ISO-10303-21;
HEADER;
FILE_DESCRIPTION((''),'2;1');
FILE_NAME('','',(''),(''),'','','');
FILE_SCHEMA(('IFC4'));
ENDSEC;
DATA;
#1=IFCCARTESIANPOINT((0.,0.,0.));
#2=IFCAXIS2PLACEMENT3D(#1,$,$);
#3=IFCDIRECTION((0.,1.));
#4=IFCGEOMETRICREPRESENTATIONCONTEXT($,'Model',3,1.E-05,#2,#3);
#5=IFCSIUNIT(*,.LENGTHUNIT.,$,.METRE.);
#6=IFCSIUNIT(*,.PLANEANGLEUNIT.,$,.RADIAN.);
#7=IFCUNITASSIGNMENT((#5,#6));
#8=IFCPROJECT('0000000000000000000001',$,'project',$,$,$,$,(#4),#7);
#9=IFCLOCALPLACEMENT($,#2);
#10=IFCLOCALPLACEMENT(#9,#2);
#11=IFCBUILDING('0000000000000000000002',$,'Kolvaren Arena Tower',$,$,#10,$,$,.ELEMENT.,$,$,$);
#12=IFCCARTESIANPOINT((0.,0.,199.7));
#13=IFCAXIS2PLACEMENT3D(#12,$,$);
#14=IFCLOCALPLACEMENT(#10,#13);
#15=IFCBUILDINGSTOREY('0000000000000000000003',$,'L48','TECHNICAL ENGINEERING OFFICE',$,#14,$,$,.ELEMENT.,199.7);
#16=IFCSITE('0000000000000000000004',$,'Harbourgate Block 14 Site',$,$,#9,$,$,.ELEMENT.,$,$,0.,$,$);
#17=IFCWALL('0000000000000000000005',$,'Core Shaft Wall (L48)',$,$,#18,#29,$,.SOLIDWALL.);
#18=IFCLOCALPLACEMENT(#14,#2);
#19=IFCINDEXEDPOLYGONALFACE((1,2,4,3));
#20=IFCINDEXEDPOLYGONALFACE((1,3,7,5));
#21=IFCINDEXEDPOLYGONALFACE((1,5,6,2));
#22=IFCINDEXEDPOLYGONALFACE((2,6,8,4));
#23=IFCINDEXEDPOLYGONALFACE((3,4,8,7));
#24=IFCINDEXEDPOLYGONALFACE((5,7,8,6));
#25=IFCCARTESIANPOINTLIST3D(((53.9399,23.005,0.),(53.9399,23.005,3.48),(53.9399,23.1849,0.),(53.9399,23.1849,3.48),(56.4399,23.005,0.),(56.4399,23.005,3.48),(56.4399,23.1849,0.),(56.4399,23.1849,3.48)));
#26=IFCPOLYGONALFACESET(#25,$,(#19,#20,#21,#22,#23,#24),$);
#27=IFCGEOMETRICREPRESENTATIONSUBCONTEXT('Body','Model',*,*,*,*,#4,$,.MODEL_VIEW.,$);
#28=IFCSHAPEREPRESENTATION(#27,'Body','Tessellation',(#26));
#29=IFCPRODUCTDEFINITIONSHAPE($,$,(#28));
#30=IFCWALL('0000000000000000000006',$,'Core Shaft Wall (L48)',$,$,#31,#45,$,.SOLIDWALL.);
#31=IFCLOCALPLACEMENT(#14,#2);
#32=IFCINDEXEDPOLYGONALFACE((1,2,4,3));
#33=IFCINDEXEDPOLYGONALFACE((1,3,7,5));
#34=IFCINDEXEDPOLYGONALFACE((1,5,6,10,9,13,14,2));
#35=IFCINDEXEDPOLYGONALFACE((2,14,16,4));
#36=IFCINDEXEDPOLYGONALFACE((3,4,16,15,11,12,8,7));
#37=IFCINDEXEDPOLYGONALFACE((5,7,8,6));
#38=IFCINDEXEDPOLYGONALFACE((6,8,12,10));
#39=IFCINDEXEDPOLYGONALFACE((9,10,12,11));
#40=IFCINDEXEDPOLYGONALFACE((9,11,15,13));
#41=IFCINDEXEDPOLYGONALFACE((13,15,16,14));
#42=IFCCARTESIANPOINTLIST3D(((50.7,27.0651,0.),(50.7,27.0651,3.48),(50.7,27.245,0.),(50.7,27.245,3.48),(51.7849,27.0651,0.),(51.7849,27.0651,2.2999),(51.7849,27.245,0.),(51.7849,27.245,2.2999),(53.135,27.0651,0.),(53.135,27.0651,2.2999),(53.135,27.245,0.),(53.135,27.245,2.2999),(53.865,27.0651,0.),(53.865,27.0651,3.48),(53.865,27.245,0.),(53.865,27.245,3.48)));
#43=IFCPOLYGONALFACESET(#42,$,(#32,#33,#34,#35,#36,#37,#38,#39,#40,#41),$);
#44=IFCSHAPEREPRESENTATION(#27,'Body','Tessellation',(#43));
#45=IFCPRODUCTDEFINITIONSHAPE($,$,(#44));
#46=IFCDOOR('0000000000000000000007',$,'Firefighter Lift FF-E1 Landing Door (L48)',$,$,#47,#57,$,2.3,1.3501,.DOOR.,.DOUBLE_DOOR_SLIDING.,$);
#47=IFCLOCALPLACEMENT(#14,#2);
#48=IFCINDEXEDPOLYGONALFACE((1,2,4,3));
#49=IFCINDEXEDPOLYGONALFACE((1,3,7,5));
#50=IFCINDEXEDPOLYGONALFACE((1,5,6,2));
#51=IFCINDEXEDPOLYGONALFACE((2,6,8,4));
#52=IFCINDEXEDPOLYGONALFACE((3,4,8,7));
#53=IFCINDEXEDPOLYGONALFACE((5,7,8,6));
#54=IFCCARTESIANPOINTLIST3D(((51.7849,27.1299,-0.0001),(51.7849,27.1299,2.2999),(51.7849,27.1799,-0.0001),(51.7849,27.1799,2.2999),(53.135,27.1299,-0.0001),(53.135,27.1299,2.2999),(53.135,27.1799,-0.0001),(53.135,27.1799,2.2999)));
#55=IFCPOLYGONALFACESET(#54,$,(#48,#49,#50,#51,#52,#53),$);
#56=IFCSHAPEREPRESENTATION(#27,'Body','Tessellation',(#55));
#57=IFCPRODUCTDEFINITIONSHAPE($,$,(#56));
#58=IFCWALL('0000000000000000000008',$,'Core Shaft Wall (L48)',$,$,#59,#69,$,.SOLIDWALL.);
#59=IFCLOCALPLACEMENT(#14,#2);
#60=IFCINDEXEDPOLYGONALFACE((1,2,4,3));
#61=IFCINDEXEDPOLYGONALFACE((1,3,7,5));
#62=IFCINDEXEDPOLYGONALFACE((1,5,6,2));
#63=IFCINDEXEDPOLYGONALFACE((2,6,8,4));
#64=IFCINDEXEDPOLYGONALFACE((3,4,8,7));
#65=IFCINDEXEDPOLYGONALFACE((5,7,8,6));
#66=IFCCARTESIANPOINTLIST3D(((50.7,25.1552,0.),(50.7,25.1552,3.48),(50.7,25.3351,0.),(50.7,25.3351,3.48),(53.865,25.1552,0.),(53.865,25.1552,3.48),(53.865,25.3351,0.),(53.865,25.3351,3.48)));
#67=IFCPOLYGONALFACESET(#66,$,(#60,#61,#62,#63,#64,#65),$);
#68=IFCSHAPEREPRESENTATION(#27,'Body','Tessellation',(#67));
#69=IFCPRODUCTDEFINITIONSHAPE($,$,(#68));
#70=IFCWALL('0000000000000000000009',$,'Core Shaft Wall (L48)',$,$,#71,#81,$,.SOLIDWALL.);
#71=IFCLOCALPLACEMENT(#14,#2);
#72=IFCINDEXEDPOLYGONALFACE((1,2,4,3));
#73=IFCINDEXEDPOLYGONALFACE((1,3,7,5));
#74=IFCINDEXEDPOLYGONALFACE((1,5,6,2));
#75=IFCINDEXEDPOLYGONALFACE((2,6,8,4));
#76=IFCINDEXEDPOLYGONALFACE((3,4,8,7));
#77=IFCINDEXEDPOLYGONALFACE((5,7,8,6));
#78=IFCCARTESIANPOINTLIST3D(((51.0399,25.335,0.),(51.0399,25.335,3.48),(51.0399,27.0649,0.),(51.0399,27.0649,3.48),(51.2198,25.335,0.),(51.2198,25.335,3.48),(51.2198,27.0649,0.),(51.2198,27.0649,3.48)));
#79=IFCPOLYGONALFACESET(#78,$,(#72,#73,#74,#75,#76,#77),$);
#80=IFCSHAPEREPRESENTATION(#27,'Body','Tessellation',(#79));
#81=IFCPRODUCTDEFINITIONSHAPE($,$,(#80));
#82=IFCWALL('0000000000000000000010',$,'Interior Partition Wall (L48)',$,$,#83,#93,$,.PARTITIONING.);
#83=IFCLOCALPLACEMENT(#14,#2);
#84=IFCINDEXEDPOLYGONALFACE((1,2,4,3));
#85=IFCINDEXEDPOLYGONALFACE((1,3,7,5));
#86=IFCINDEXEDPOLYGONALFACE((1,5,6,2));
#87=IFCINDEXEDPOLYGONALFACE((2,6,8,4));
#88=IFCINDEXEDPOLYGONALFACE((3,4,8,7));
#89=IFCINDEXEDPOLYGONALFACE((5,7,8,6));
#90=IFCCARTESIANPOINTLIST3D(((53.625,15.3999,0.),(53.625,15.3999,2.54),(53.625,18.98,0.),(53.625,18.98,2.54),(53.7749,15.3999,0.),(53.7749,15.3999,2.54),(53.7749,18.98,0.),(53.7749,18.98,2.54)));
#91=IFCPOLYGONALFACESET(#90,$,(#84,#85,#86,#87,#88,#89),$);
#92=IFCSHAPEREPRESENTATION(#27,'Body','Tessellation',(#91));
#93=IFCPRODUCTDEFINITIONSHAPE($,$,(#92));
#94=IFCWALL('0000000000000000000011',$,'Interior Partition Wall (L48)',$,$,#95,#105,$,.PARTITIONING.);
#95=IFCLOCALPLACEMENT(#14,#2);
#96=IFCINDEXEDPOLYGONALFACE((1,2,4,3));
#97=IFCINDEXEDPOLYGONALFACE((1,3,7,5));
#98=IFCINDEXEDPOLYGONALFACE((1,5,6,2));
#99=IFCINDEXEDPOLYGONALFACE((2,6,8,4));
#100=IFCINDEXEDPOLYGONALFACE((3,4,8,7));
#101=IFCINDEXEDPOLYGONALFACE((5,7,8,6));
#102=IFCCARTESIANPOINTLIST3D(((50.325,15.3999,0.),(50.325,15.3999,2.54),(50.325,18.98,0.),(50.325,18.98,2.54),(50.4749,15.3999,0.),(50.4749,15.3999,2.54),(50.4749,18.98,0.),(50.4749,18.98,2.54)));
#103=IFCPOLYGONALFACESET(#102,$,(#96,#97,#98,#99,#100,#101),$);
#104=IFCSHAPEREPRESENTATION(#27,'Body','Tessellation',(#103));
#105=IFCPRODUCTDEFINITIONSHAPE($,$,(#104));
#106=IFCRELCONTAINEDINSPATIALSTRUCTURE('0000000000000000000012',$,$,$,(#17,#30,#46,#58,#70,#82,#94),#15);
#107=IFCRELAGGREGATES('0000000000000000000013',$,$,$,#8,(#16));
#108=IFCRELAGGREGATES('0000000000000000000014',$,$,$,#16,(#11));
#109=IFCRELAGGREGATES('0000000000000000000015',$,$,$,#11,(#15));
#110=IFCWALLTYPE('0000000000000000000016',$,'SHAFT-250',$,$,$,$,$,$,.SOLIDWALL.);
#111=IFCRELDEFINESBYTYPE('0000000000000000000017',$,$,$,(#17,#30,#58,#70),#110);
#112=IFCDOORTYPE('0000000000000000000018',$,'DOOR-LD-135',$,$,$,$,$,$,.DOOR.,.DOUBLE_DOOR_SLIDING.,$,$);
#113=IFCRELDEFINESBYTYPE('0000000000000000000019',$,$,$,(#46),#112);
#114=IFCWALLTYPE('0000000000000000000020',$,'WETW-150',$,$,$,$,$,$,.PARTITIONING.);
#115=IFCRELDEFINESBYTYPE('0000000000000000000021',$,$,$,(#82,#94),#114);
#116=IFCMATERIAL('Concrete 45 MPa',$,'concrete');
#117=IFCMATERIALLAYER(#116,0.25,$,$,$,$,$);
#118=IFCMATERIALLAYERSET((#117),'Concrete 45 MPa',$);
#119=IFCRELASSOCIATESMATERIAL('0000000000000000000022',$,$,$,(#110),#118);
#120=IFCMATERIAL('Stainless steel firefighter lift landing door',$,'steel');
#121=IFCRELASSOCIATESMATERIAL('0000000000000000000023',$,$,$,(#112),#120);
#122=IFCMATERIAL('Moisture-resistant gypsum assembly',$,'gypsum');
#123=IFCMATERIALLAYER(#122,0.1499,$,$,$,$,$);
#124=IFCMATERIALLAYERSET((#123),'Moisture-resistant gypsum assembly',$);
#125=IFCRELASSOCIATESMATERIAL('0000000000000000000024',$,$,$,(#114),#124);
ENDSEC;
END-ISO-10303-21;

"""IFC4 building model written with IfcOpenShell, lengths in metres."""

from ifc_helpers import new_model, si_unit, direction, frame, frame_2d, origin, place, context, subcontext, project, spatial, rectangle, extrude, material, layer, layer_set, type_object, element, fill, save


model = new_model("IFC4")

# Units and contexts
model_context = context("Model", 3, precision=1e-05, world=origin(), true_north=direction((0.0, 1.0)))
body_context = subcontext(model_context, "Body", "Model", "MODEL_VIEW")
ifc_project = project(units=[si_unit("LENGTHUNIT", "METRE"), si_unit("PLANEANGLEUNIT", "RADIAN")], contexts=[model_context])

# Site, building, storey
site_placement = place(None, origin())
site = spatial("IfcSite", under=ifc_project, at=site_placement, Name="Harbourgate Block 14 Site", CompositionType="ELEMENT", RefElevation=0.0)
building_placement = place(site_placement, origin())
building = spatial("IfcBuilding", under=site, at=building_placement, Name="Kolvaren Arena Tower", CompositionType="ELEMENT")
storey_placement = place(building_placement, frame((0.0, 0.0, 199.7)))
storey = spatial("IfcBuildingStorey", under=building, at=storey_placement, Name="L48", Description="TECHNICAL ENGINEERING OFFICE", CompositionType="ELEMENT", Elevation=199.7)

# Wall
ifc_material_1 = material(Name="Concrete 45 MPa", Category="concrete")
ifc_layer_1 = layer(ifc_material_1, 0.25)
ifc_layer_set_1 = layer_set([ifc_layer_1], Name="Concrete 45 MPa")
wall_type_1 = type_object("IfcWallType", Name="SHAFT-250", PredefinedType="SOLIDWALL", material=ifc_layer_set_1)
wall_1_placement = place(storey_placement, frame((53.9399, 23.095, 0.0), z_axis=(0.0, 0.0, 1.0), x_axis=(1.0, 0.0, 0.0)))
element("IfcWall", 1, at=wall_1_placement, inside=storey, type_object=wall_type_1, Name="Core Shaft Wall (L48)", PredefinedType="SOLIDWALL", context=body_context, shape_type="SweptSolid", body=[
    extrude(rectangle(XDim=2.5, YDim=0.1799, at=frame_2d((1.25, 0.0))), origin(), (0.0, 0.0, 1.0), 3.48),
])

# Wall, opening, door
wall_2_placement = place(storey_placement, frame((50.7, 27.155, 0.0), z_axis=(0.0, 0.0, 1.0), x_axis=(1.0, 0.0, 0.0)))
wall_2 = element("IfcWall", 2, at=wall_2_placement, inside=storey, type_object=wall_type_1, Name="Core Shaft Wall (L48)", PredefinedType="SOLIDWALL", context=body_context, shape_type="SweptSolid", body=[
    extrude(rectangle(XDim=3.165, YDim=0.1799, at=frame_2d((1.5825, 0.0))), origin(), (0.0, 0.0, 1.0), 3.48),
])
opening_1_placement = place(wall_2_placement, frame((1.085, 0.0, 0.0)))
opening_1 = element("IfcOpeningElement", 3, at=opening_1_placement, cuts=wall_2, PredefinedType="OPENING", context=body_context, shape_type="SweptSolid", body=[
    extrude(rectangle(XDim=1.3501, YDim=2.3, at=frame_2d((0.675, 1.1499))), frame((0.0, 0.0999, 0.0), z_axis=(0.0, -1.0, 0.0), x_axis=(1.0, 0.0, 0.0)), (0.0, 0.0, 1.0), 0.2),
])
ifc_material_2 = material(Name="Stainless steel firefighter lift landing door", Category="steel")
door_type_1 = type_object("IfcDoorType", Name="DOOR-LD-135", OperationType="DOUBLE_DOOR_SLIDING", PredefinedType="DOOR", material=ifc_material_2)
door_1_placement = place(opening_1_placement, origin())
door_1 = element("IfcDoor", 4, at=door_1_placement, inside=storey, type_object=door_type_1, Name="Firefighter Lift FF-E1 Landing Door (L48)", OperationType="DOUBLE_DOOR_SLIDING", OverallHeight=2.3, OverallWidth=1.3501, PredefinedType="DOOR", context=body_context, shape_type="SweptSolid", body=[
    extrude(rectangle(XDim=1.3501, YDim=2.3, at=frame_2d((0.675, 1.1499))), frame((0.0, 0.0249, 0.0), z_axis=(0.0, -1.0, 0.0), x_axis=(1.0, 0.0, 0.0)), (0.0, 0.0, 1.0), 0.05),
])
fill(opening_1, door_1)

# Walls
wall_3_placement = place(storey_placement, frame((50.7, 25.2451, 0.0), z_axis=(0.0, 0.0, 1.0), x_axis=(1.0, 0.0, 0.0)))
element("IfcWall", 5, at=wall_3_placement, inside=storey, type_object=wall_type_1, Name="Core Shaft Wall (L48)", PredefinedType="SOLIDWALL", context=body_context, shape_type="SweptSolid", body=[
    extrude(rectangle(XDim=3.165, YDim=0.1799, at=frame_2d((1.5825, 0.0))), origin(), (0.0, 0.0, 1.0), 3.48),
])
wall_4_placement = place(storey_placement, frame((51.1299, 25.335, 0.0), z_axis=(0.0, 0.0, 1.0), x_axis=(0.0, 1.0, 0.0)))
element("IfcWall", 6, at=wall_4_placement, inside=storey, type_object=wall_type_1, Name="Core Shaft Wall (L48)", PredefinedType="SOLIDWALL", context=body_context, shape_type="SweptSolid", body=[
    extrude(rectangle(XDim=1.73, YDim=0.1799, at=frame_2d((0.865, 0.0))), origin(), (0.0, 0.0, 1.0), 3.48),
])
ifc_material_3 = material(Name="Moisture-resistant gypsum assembly", Category="gypsum")
ifc_layer_2 = layer(ifc_material_3, 0.1499)
ifc_layer_set_2 = layer_set([ifc_layer_2], Name="Moisture-resistant gypsum assembly")
wall_type_2 = type_object("IfcWallType", Name="WETW-150", PredefinedType="PARTITIONING", material=ifc_layer_set_2)
for number, where, z_axis, x_axis, name in (
    (7, (53.7, 15.3999, 0.0), (0.0, 0.0, 1.0), (0.0, 1.0, 0.0), "Interior Partition Wall (L48)"),
    (8, (50.3999, 15.3999, 0.0), (0.0, 0.0, 1.0), (0.0, 1.0, 0.0), "Interior Partition Wall (L48)"),
):
    element("IfcWall", number, at=place(storey_placement, frame(where, z_axis=z_axis, x_axis=x_axis)), inside=storey, type_object=wall_type_2, Name=name, PredefinedType="PARTITIONING", context=body_context, shape_type="SweptSolid", body=[
        extrude(rectangle(XDim=3.5801, YDim=0.1499, at=frame_2d((1.79, 0.0))), origin(), (0.0, 0.0, 1.0), 2.54),
    ])

save(model, "model.ifc")
